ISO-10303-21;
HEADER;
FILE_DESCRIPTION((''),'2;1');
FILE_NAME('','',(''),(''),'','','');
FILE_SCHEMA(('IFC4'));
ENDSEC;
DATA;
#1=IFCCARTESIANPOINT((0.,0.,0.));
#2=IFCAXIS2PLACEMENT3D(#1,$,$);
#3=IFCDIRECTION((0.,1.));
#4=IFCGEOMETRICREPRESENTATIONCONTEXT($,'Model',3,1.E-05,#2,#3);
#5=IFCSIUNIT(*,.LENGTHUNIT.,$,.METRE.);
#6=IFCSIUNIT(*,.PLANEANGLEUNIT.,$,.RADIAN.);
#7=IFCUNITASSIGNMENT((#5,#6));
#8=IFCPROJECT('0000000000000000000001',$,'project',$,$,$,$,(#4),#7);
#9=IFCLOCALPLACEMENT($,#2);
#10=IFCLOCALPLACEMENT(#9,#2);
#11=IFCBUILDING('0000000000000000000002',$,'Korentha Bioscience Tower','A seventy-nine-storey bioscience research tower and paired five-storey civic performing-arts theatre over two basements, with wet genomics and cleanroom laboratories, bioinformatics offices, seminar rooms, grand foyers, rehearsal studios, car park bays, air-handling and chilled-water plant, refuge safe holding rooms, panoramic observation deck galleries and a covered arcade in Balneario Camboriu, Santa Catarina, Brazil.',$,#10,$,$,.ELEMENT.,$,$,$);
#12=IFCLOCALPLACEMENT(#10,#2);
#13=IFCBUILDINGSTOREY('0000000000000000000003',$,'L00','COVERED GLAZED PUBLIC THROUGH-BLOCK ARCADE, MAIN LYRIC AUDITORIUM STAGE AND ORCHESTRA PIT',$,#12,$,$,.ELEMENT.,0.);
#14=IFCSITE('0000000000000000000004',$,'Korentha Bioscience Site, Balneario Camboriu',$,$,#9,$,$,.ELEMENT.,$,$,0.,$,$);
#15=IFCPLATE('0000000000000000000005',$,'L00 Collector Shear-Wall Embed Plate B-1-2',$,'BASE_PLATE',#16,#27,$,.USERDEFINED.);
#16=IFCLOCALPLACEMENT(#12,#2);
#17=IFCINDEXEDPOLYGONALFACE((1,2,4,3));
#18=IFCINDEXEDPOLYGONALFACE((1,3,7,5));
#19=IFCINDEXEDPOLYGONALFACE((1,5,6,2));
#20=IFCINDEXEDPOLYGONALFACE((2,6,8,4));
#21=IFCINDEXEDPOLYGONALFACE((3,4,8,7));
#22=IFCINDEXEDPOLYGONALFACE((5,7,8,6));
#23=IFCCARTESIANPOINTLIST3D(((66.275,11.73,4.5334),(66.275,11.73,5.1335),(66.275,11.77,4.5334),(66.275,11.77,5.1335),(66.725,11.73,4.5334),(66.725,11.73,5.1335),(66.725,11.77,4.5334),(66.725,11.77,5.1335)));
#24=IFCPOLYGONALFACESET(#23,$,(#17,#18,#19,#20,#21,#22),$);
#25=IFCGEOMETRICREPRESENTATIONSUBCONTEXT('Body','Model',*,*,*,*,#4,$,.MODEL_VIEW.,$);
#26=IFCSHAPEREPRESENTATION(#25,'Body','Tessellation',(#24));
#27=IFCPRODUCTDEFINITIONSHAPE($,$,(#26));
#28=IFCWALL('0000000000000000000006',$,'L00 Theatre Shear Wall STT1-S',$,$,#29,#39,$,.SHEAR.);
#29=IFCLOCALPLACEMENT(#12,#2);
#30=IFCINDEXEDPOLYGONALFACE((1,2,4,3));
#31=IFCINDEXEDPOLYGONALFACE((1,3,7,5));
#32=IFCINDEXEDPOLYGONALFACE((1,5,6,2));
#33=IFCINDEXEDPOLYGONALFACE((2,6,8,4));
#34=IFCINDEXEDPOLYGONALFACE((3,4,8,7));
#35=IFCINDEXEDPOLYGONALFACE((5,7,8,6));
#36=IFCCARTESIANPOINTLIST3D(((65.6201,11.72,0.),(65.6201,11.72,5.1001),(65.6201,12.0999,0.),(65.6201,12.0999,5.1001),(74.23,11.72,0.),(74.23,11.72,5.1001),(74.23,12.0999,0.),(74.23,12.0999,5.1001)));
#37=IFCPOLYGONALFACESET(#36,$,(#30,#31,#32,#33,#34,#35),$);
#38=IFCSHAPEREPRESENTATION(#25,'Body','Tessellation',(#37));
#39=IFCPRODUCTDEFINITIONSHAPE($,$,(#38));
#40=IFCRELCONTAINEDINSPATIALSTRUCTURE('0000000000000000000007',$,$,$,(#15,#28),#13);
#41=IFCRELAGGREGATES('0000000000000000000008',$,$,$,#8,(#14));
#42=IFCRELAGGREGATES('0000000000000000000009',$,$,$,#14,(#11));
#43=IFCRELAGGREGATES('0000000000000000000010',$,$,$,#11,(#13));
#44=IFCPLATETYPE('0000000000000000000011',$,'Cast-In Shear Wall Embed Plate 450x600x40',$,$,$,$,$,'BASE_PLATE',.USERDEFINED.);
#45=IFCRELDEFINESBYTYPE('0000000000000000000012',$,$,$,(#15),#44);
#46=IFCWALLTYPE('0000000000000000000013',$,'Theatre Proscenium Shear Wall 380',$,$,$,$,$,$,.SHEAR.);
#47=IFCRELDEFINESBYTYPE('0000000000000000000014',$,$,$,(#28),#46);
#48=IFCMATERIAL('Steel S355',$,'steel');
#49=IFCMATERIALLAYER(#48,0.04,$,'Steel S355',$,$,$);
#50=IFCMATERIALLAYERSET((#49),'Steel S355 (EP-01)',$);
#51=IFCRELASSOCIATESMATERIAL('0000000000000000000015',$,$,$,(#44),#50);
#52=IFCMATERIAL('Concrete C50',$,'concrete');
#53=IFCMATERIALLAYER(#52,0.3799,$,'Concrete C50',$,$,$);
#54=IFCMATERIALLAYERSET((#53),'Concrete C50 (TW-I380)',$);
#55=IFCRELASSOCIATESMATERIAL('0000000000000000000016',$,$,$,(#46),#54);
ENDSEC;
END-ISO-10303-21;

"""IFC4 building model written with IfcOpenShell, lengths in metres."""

from ifc_helpers import new_model, si_unit, direction, frame, frame_2d, origin, origin_2d, place, context, subcontext, project, spatial, rectangle, extrude, material, layer, layer_set, type_object, element, save


model = new_model("IFC4")

# Units and contexts
model_context = context("Model", 3, precision=1e-05, world=origin(), true_north=direction((0.0, 1.0)))
body_context = subcontext(model_context, "Body", "Model", "MODEL_VIEW")
ifc_project = project(units=[si_unit("LENGTHUNIT", "METRE"), si_unit("PLANEANGLEUNIT", "RADIAN")], contexts=[model_context])

# Site, building, storey
site_placement = place(None, origin())
site = spatial("IfcSite", under=ifc_project, at=site_placement, Name="Korentha Bioscience Site, Balneario Camboriu", CompositionType="ELEMENT", RefElevation=0.0)
building_placement = place(site_placement, origin())
building = spatial("IfcBuilding", under=site, at=building_placement, Name="Korentha Bioscience Tower", Description="A seventy-nine-storey bioscience research tower and paired five-storey civic performing-arts theatre over two basements, with wet genomics and cleanroom laboratories, bioinformatics offices, seminar rooms, grand foyers, rehearsal studios, car park bays, air-handling and chilled-water plant, refuge safe holding rooms, panoramic observation deck galleries and a covered arcade in Balneario Camboriu, Santa Catarina, Brazil.", CompositionType="ELEMENT")
storey_placement = place(building_placement, origin())
storey = spatial("IfcBuildingStorey", under=building, at=storey_placement, Name="L00", Description="COVERED GLAZED PUBLIC THROUGH-BLOCK ARCADE, MAIN LYRIC AUDITORIUM STAGE AND ORCHESTRA PIT", CompositionType="ELEMENT", Elevation=0.0)

# Shared definitions
ifc_material_1 = material(Name="Concrete C50", Category="concrete")

# Shared definitions
ifc_material_2 = material(Name="Steel S355", Category="steel")

# Plate
ifc_layer_1 = layer(ifc_material_2, 0.04, Name="Steel S355")
ifc_layer_set_1 = layer_set([ifc_layer_1], Name="Steel S355 (EP-01)")
plate_type = type_object("IfcPlateType", Name="Cast-In Shear Wall Embed Plate 450x600x40", ElementType="BASE_PLATE", PredefinedType="USERDEFINED", material=ifc_layer_set_1)
for number, where, z_axis, x_axis, name in (
    (1, (66.5, 11.75, 4.5334), (0.0, 0.0, 1.0), (1.0, 0.0, 0.0), "L00 Collector Shear-Wall Embed Plate B-1-2"),
):
    element("IfcPlate", number, at=place(storey_placement, frame(where, z_axis=z_axis, x_axis=x_axis)), inside=storey, type_object=plate_type, Name=name, ObjectType="BASE_PLATE", PredefinedType="USERDEFINED", context=body_context, shape_type="SweptSolid", body=[
        extrude(rectangle(XDim=0.45, YDim=0.04, at=origin_2d()), origin(), (0.0, 0.0, 1.0), 0.6001),
    ])

# Wall
ifc_layer_2 = layer(ifc_material_1, 0.3799, Name="Concrete C50")
ifc_layer_set_2 = layer_set([ifc_layer_2], Name="Concrete C50 (TW-I380)")
wall_type = type_object("IfcWallType", Name="Theatre Proscenium Shear Wall 380", PredefinedType="SHEAR", material=ifc_layer_set_2)
wall_placement = place(storey_placement, frame((65.6201, 11.9099, 0.0), z_axis=(0.0, 0.0, 1.0), x_axis=(1.0, 0.0, 0.0)))
element("IfcWall", 2, at=wall_placement, inside=storey, type_object=wall_type, Name="L00 Theatre Shear Wall STT1-S", PredefinedType="SHEAR", context=body_context, shape_type="SweptSolid", body=[
    extrude(rectangle(XDim=8.6099, YDim=0.3799, at=frame_2d((4.3049, 0.0))), origin(), (0.0, 0.0, 1.0), 5.1001),
])

save(model, "model.ifc")
